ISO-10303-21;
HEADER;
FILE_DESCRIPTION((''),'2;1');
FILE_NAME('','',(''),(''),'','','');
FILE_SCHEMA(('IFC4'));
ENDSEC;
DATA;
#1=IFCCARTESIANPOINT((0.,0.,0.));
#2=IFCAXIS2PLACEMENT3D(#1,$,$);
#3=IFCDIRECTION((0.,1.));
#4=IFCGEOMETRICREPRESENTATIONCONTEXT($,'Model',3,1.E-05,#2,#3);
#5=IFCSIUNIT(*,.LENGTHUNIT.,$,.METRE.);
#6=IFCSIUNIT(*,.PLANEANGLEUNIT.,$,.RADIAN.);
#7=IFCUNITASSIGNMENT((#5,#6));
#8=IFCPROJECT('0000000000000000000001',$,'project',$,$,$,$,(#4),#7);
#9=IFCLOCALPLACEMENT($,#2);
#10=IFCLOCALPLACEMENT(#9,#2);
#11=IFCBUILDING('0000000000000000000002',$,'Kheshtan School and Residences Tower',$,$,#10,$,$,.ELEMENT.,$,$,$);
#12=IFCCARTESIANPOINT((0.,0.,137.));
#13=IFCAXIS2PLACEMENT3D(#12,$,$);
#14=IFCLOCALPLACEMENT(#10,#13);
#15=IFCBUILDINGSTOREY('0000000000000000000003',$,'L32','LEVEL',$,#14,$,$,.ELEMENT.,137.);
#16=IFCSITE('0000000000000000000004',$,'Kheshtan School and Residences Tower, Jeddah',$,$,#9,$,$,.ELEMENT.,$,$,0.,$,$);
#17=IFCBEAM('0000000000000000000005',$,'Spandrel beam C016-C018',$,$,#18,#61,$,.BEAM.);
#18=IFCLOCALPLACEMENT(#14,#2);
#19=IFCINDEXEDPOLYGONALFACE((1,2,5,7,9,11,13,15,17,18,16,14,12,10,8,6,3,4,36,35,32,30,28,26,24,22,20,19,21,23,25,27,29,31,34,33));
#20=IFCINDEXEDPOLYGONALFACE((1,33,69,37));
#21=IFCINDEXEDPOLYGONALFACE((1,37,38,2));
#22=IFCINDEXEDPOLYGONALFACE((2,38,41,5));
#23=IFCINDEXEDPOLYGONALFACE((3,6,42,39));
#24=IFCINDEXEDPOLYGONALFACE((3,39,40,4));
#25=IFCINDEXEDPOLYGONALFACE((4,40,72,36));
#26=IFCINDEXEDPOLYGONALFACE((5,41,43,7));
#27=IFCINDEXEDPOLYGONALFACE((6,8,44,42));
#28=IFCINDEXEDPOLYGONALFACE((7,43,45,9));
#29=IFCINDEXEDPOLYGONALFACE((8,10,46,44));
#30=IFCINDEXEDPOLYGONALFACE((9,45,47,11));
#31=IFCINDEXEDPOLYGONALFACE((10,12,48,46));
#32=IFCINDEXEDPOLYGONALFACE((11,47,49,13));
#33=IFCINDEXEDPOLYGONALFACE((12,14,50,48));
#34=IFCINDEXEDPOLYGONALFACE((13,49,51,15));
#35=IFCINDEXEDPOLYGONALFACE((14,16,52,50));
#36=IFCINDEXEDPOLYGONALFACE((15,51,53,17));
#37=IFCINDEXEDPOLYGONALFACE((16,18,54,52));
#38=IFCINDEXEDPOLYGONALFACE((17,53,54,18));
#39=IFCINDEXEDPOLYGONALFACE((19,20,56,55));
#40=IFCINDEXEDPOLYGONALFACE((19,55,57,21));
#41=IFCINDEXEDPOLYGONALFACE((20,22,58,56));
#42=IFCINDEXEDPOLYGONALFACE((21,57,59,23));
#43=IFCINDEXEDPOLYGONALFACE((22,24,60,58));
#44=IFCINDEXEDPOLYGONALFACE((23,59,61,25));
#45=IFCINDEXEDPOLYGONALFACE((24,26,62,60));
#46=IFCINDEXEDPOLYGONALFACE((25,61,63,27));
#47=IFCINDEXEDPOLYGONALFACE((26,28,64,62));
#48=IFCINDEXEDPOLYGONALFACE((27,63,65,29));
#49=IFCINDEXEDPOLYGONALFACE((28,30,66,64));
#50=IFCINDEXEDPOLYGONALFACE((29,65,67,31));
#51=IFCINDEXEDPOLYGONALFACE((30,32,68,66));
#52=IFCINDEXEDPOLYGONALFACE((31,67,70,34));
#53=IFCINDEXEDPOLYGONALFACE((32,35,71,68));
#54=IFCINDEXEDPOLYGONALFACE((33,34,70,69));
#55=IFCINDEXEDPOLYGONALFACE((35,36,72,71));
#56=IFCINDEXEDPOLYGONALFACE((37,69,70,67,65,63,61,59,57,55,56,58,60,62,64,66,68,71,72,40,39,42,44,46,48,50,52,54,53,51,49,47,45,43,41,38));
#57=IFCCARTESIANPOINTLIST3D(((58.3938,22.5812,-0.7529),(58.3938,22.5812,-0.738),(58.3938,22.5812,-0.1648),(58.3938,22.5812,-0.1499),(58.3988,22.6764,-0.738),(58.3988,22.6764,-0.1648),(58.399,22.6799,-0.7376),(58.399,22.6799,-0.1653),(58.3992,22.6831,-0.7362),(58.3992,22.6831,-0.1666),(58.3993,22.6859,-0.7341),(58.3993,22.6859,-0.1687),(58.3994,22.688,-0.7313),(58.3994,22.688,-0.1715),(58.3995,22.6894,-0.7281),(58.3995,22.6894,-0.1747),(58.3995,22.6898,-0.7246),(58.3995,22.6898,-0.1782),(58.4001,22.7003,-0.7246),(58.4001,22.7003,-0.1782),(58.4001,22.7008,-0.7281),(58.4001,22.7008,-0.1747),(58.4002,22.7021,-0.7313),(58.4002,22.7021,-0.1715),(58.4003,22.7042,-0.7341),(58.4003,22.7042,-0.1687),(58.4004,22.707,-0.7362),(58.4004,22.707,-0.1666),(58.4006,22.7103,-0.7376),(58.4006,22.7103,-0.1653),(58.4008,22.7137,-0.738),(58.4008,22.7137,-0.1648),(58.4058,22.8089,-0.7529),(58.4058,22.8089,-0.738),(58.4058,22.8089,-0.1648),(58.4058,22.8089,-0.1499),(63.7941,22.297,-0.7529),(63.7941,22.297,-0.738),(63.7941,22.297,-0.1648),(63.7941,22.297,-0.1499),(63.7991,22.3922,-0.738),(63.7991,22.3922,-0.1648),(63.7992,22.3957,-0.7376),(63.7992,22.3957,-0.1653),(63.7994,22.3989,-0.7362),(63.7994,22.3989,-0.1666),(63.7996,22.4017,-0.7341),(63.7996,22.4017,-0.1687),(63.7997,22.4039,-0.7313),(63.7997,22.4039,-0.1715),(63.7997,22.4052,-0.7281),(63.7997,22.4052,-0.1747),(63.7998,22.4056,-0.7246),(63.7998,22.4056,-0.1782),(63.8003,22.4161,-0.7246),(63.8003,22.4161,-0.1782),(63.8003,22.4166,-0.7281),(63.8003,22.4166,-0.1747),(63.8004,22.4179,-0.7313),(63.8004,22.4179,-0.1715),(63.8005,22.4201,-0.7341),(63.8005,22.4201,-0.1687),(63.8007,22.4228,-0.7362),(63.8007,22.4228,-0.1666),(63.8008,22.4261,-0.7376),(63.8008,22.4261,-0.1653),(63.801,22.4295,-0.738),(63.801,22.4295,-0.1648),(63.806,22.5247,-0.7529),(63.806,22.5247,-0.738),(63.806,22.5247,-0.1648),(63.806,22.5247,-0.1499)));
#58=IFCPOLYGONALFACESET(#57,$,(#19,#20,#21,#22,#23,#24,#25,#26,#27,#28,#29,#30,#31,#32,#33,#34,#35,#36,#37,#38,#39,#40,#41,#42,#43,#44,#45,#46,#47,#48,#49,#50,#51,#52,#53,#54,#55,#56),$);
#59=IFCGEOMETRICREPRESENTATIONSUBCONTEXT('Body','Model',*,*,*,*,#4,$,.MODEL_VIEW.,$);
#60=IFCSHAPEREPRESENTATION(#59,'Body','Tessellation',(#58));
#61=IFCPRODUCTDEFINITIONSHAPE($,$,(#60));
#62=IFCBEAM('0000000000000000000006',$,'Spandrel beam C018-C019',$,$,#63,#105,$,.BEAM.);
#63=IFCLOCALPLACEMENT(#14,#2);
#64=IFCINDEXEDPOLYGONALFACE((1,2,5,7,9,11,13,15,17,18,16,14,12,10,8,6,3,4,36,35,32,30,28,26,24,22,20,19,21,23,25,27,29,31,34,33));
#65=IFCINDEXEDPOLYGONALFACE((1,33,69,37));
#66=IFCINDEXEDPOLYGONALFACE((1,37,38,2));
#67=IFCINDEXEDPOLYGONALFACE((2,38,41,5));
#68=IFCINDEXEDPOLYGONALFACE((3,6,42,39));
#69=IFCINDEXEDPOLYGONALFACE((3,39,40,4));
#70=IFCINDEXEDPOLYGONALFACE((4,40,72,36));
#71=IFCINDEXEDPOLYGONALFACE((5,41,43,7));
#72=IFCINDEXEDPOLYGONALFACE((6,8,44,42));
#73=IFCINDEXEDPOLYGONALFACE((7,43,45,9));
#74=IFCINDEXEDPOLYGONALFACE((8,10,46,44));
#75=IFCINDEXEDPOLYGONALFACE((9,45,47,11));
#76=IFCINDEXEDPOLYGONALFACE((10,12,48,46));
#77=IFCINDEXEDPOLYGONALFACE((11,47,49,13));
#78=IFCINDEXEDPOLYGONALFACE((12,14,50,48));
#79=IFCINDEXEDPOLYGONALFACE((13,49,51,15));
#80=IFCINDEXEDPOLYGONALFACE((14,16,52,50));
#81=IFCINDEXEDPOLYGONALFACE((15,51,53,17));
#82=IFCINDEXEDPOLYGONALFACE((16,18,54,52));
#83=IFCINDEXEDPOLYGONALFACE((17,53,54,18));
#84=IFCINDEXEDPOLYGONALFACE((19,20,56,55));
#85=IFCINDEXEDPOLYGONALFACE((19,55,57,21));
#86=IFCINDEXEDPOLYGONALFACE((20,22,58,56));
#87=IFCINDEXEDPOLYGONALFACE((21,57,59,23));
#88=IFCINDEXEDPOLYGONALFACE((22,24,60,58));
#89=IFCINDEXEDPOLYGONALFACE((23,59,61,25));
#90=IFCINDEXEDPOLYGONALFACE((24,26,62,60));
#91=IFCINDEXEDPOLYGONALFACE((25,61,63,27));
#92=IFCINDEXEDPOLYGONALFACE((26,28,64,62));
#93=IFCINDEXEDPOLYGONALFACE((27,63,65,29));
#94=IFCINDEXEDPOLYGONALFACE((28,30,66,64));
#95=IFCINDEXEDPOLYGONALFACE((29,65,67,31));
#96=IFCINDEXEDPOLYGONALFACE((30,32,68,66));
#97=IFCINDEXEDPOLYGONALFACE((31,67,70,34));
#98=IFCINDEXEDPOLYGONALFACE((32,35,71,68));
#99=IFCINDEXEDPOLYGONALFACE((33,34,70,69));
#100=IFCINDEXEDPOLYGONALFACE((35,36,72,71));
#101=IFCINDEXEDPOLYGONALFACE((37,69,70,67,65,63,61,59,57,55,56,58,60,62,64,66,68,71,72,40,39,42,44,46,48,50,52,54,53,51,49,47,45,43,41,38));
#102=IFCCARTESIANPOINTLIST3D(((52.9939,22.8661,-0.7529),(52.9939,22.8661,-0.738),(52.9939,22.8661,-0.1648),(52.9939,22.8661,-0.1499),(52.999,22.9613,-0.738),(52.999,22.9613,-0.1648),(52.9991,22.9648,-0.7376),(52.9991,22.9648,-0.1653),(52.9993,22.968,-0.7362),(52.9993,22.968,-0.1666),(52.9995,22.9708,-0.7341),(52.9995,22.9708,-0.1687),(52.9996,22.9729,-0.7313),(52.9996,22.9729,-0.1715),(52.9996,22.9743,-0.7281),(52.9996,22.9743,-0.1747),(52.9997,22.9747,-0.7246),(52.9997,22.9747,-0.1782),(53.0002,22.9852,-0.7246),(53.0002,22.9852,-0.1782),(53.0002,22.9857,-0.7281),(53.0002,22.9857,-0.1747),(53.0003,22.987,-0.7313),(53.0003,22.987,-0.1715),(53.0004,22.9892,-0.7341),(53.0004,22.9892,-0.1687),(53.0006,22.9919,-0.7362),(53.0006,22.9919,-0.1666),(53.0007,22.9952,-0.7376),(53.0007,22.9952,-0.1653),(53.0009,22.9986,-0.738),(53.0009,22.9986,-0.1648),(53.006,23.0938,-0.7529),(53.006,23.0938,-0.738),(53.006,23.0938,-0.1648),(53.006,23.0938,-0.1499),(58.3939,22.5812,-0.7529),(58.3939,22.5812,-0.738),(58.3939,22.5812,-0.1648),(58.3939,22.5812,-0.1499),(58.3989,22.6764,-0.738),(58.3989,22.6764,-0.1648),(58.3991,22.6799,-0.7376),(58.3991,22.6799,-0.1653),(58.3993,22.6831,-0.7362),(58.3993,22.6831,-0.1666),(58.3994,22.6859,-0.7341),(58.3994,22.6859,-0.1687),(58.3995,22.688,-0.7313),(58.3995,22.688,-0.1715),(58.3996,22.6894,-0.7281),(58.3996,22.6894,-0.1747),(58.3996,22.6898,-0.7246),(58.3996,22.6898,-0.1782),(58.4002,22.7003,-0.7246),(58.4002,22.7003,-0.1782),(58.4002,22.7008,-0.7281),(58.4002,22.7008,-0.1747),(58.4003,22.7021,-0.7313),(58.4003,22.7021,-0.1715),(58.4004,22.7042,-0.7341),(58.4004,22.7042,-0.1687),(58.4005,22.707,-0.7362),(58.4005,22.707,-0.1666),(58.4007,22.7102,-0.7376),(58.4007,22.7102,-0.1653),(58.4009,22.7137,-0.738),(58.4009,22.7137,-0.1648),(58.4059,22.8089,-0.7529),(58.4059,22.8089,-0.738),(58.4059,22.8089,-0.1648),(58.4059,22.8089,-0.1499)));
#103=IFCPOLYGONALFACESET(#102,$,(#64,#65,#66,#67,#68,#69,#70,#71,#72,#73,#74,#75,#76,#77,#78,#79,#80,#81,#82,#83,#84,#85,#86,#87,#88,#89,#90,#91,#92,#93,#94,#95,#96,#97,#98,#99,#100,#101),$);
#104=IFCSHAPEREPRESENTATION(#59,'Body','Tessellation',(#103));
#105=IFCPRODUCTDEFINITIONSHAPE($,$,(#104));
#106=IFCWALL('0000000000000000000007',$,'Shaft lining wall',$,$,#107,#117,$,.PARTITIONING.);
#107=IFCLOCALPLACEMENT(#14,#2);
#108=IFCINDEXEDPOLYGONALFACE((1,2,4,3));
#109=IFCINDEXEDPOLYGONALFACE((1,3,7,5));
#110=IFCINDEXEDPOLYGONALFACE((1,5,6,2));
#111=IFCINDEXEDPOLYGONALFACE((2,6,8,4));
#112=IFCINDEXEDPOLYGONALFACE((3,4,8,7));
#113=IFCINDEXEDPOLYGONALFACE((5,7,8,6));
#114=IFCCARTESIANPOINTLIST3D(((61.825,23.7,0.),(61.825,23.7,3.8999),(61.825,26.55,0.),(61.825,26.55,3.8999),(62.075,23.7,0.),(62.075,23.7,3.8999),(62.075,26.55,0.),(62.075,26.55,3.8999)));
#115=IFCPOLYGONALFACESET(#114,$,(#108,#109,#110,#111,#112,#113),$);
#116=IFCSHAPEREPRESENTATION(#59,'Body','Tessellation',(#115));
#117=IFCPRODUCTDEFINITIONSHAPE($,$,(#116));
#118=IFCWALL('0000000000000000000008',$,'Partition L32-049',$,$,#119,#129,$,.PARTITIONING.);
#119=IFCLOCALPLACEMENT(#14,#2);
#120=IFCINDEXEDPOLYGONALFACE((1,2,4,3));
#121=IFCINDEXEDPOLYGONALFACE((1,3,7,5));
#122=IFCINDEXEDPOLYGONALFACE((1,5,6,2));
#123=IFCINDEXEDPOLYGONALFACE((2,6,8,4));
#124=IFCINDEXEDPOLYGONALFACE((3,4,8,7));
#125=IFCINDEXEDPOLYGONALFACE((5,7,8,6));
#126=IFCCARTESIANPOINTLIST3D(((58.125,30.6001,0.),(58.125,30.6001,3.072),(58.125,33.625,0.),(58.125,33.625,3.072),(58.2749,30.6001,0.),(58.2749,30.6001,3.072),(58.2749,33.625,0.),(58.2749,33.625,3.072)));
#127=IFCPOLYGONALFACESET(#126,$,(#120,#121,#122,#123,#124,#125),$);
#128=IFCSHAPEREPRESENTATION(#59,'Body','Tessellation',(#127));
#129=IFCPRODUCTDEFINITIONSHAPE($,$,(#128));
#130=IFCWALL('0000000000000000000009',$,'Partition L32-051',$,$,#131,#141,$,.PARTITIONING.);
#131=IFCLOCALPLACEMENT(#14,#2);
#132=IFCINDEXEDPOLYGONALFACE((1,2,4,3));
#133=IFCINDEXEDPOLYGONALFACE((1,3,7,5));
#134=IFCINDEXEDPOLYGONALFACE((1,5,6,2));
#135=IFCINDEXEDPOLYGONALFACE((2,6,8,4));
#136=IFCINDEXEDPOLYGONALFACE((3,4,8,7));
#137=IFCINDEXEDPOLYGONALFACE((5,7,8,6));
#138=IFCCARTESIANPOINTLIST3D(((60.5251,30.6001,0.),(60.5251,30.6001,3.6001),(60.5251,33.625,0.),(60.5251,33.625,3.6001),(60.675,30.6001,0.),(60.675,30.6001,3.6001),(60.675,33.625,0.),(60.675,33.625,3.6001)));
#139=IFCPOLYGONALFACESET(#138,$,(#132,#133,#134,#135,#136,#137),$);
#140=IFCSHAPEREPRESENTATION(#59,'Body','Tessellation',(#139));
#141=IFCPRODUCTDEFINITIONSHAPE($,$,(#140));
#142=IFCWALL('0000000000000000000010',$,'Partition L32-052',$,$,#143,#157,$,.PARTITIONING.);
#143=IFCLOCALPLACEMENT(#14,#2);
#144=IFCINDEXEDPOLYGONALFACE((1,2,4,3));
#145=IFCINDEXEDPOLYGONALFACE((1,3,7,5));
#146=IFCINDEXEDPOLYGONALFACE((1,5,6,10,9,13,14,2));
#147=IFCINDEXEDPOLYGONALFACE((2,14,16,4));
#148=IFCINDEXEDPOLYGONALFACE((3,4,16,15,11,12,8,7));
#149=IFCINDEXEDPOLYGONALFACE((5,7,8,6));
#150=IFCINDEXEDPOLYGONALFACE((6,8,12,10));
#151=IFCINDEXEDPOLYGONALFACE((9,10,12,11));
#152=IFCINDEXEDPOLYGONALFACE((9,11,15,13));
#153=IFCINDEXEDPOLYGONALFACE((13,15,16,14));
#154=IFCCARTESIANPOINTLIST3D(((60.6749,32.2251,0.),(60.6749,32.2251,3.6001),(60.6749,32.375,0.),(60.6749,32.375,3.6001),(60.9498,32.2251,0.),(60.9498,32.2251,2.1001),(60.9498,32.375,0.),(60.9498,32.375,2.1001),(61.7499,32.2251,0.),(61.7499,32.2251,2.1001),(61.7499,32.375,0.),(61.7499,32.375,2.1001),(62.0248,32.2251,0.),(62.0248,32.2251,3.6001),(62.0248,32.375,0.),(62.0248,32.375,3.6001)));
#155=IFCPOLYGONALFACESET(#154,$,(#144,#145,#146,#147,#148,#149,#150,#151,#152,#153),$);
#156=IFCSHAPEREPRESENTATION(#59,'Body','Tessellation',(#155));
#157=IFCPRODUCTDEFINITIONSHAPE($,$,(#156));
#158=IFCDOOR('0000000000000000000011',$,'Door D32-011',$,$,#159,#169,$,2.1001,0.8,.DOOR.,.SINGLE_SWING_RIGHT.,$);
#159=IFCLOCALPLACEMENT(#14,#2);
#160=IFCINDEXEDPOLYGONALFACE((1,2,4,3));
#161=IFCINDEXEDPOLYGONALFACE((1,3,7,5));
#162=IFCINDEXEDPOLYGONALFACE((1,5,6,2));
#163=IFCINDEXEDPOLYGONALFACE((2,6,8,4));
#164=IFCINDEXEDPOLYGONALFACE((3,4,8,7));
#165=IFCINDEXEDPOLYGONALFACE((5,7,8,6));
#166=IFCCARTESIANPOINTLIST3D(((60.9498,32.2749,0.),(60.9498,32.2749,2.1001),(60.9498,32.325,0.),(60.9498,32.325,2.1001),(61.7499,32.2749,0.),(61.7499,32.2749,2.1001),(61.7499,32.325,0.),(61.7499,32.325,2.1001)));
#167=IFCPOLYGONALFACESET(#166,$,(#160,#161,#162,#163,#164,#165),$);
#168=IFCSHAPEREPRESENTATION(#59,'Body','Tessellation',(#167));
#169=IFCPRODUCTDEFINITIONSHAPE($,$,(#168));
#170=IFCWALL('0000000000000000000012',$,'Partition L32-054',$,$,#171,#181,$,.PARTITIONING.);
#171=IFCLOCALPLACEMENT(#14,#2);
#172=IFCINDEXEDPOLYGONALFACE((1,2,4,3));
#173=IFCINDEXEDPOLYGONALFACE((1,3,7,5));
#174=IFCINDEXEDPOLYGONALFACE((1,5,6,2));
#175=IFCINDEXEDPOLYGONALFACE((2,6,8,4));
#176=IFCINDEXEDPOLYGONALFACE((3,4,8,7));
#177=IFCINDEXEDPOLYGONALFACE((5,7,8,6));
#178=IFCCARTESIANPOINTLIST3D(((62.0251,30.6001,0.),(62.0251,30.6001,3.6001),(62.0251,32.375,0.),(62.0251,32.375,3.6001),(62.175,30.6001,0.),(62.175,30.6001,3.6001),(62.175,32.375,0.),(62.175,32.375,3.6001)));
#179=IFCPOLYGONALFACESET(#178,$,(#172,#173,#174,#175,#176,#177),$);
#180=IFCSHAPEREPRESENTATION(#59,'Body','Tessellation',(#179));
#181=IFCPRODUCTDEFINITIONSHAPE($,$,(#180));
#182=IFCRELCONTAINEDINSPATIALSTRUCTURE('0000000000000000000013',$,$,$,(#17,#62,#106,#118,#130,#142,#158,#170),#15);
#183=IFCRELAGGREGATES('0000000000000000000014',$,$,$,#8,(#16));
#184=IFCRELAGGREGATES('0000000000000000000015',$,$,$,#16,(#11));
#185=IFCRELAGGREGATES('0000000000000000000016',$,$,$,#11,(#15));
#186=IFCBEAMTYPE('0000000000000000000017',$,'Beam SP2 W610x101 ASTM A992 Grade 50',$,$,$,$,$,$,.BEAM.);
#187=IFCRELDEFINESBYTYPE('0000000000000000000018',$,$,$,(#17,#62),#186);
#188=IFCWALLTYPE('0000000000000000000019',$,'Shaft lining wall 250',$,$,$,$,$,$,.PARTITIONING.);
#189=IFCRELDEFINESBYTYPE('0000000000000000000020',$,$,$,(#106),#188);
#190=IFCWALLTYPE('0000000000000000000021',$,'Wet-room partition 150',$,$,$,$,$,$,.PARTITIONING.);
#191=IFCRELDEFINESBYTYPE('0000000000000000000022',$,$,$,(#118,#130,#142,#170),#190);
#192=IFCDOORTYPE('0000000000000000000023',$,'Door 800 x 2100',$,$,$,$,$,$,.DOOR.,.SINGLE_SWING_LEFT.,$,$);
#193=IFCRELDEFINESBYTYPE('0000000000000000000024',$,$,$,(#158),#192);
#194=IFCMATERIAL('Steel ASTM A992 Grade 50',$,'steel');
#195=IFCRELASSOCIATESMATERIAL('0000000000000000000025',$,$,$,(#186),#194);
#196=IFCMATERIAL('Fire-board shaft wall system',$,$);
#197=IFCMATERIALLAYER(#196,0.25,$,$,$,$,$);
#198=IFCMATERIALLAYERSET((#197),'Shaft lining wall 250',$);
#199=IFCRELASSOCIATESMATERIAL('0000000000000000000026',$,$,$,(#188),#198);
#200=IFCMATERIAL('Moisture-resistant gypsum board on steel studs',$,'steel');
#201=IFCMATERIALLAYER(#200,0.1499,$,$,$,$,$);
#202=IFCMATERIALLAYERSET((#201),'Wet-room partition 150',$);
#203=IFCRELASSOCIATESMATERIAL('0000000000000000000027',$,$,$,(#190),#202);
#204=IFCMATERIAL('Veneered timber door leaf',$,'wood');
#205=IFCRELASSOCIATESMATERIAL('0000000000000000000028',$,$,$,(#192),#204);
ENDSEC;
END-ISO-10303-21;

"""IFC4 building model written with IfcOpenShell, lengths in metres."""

from ifc_helpers import new_model, si_unit, direction, frame, frame_2d, origin, origin_2d, place, context, subcontext, project, spatial, rectangle, i_section, extrude, source, transform, mapped, material, layer, layer_set, material_profile, profile_set, type_object, element, fill, save


model = new_model("IFC4")

# Units and contexts
model_context = context("Model", 3, precision=1e-05, world=origin(), true_north=direction((0.0, 1.0)))
body_context = subcontext(model_context, "Body", "Model", "MODEL_VIEW")
ifc_project = project(units=[si_unit("LENGTHUNIT", "METRE"), si_unit("PLANEANGLEUNIT", "RADIAN")], contexts=[model_context])

# Site, building, storey
site_placement = place(None, origin())
site = spatial("IfcSite", under=ifc_project, at=site_placement, Name="Kheshtan School and Residences Tower, Jeddah", CompositionType="ELEMENT", RefElevation=0.0)
building_placement = place(site_placement, origin())
building = spatial("IfcBuilding", under=site, at=building_placement, Name="Kheshtan School and Residences Tower", CompositionType="ELEMENT")
storey_placement = place(building_placement, frame((0.0, 0.0, 137.0)))
storey = spatial("IfcBuildingStorey", under=building, at=storey_placement, Name="L32", Description="LEVEL", CompositionType="ELEMENT", Elevation=137.0)

# Shared definitions
ifc_material_1 = material(Name="Steel ASTM A992 Grade 50", Category="steel")

# Beams
ifc_material_profile_1 = material_profile(ifc_material_1, i_section(OverallWidth=0.228, OverallDepth=0.603, WebThickness=0.0105, FlangeThickness=0.0149, FilletRadius=0.0134, at=origin_2d()), Name="W610x101")
ifc_profile_set_1 = profile_set([ifc_material_profile_1], Name="Steel ASTM A992 Grade 50")
beam_type_1 = type_object("IfcBeamType", Name="Beam SP2 W610x101 ASTM A992 Grade 50", PredefinedType="BEAM", material=ifc_profile_set_1)
beam_1_placement = place(storey_placement, frame((63.8, 22.4109, -0.4514), z_axis=(-0.998618, 0.052552, 0.0), x_axis=(-0.052552, -0.998618, 0.0)))
element("IfcBeam", 1, at=beam_1_placement, inside=storey, type_object=beam_type_1, Name="Spandrel beam C016-C018", PredefinedType="BEAM", context=body_context, shape_type="SweptSolid", body=[
    extrude(i_section(OverallWidth=0.228, OverallDepth=0.603, WebThickness=0.0105, FlangeThickness=0.0149, FilletRadius=0.0134, at=origin_2d()), origin(), (0.0, 0.0, 1.0), 5.4077),
])
beam_2_placement = place(storey_placement, frame((58.3999, 22.6951, -0.4514), z_axis=(-0.998611, 0.052689, 0.0), x_axis=(-0.052689, -0.998611, 0.0)))
element("IfcBeam", 2, at=beam_2_placement, inside=storey, type_object=beam_type_1, Name="Spandrel beam C018-C019", PredefinedType="BEAM", context=body_context, shape_type="SweptSolid", body=[
    extrude(i_section(OverallWidth=0.228, OverallDepth=0.603, WebThickness=0.0105, FlangeThickness=0.0149, FilletRadius=0.0134, at=origin_2d()), origin(), (0.0, 0.0, 1.0), 5.4075),
])

# Walls
ifc_material_2 = material(Name="Fire-board shaft wall system")
ifc_layer_1 = layer(ifc_material_2, 0.25)
ifc_layer_set_1 = layer_set([ifc_layer_1], Name="Shaft lining wall 250")
wall_type_1 = type_object("IfcWallType", Name="Shaft lining wall 250", PredefinedType="PARTITIONING", material=ifc_layer_set_1)
wall_1_placement = place(storey_placement, frame((61.95, 23.7, 0.0), z_axis=(0.0, 0.0, 1.0), x_axis=(0.0, 1.0, 0.0)))
element("IfcWall", 3, at=wall_1_placement, inside=storey, type_object=wall_type_1, Name="Shaft lining wall", PredefinedType="PARTITIONING", context=body_context, shape_type="SweptSolid", body=[
    extrude(rectangle(XDim=2.8501, YDim=0.25, at=frame_2d((1.425, 0.0))), origin(), (0.0, 0.0, 1.0), 3.8999),
])
ifc_material_3 = material(Name="Moisture-resistant gypsum board on steel studs", Category="steel")
ifc_layer_2 = layer(ifc_material_3, 0.1499)
ifc_layer_set_2 = layer_set([ifc_layer_2], Name="Wet-room partition 150")
wall_type_2 = type_object("IfcWallType", Name="Wet-room partition 150", PredefinedType="PARTITIONING", material=ifc_layer_set_2)
wall_2_placement = place(storey_placement, frame((58.2, 30.6001, 0.0), z_axis=(0.0, 0.0, 1.0), x_axis=(0.0, 1.0, 0.0)))
element("IfcWall", 4, at=wall_2_placement, inside=storey, type_object=wall_type_2, Name="Partition L32-049", PredefinedType="PARTITIONING", context=body_context, shape_type="SweptSolid", body=[
    extrude(rectangle(XDim=3.0249, YDim=0.1499, at=frame_2d((1.5125, 0.0))), origin(), (0.0, 0.0, 1.0), 3.072),
])
wall_3_placement = place(storey_placement, frame((60.6001, 30.6001, 0.0), z_axis=(0.0, 0.0, 1.0), x_axis=(0.0, 1.0, 0.0)))
element("IfcWall", 5, at=wall_3_placement, inside=storey, type_object=wall_type_2, Name="Partition L32-051", PredefinedType="PARTITIONING", context=body_context, shape_type="SweptSolid", body=[
    extrude(rectangle(XDim=3.0249, YDim=0.1499, at=frame_2d((1.5125, 0.0))), origin(), (0.0, 0.0, 1.0), 3.6001),
])

# Wall, opening, door
wall_4_placement = place(storey_placement, frame((60.675, 32.3, 0.0), z_axis=(0.0, 0.0, 1.0), x_axis=(1.0, 0.0, 0.0)))
wall_4 = element("IfcWall", 6, at=wall_4_placement, inside=storey, type_object=wall_type_2, Name="Partition L32-052", PredefinedType="PARTITIONING", context=body_context, shape_type="SweptSolid", body=[
    extrude(rectangle(XDim=1.3499, YDim=0.1499, at=frame_2d((0.6748, 0.0))), origin(), (0.0, 0.0, 1.0), 3.6001),
])
opening_placement = place(wall_4_placement, frame((0.2749, 0.0, 0.0)))
opening = element("IfcOpeningElement", 7, at=opening_placement, cuts=wall_4, PredefinedType="OPENING", context=body_context, shape_type="SweptSolid", body=[
    extrude(rectangle(XDim=0.8, YDim=2.1001, at=frame_2d((0.3999, 1.05))), frame((0.0, 0.085, 0.0), z_axis=(0.0, -1.0, 0.0), x_axis=(1.0, 0.0, 0.0)), (0.0, 0.0, 1.0), 0.1699),
])
ifc_material_4 = material(Name="Veneered timber door leaf", Category="wood")
door_type = type_object("IfcDoorType", Name="Door 800 x 2100", OperationType="SINGLE_SWING_LEFT", PredefinedType="DOOR", material=ifc_material_4)
shared_shape = source(origin(), body_context, "Body", "SweptSolid", [
    extrude(rectangle(XDim=0.8, YDim=2.1001, at=frame_2d((0.3999, 1.05))), frame((0.0, 0.0249, 0.0), z_axis=(0.0, -1.0, 0.0), x_axis=(1.0, 0.0, 0.0)), (0.0, 0.0, 1.0), 0.05),
])
door_placement = place(opening_placement, origin())
door = element("IfcDoor", 8, at=door_placement, inside=storey, type_object=door_type, Name="Door D32-011", OperationType="SINGLE_SWING_RIGHT", OverallHeight=2.1001, OverallWidth=0.8, PredefinedType="DOOR", context=body_context, shape_type="MappedRepresentation", body=[
    mapped(shared_shape, transform((0.0, 0.0, 0.0), x_axis=(1.0, 0.0, 0.0), y_axis=(0.0, 1.0, 0.0), z_axis=(0.0, 0.0, 1.0), scale=1.0)),
])
fill(opening, door)

# Wall
wall_5_placement = place(storey_placement, frame((62.1001, 30.6001, 0.0), z_axis=(0.0, 0.0, 1.0), x_axis=(0.0, 1.0, 0.0)))
element("IfcWall", 9, at=wall_5_placement, inside=storey, type_object=wall_type_2, Name="Partition L32-054", PredefinedType="PARTITIONING", context=body_context, shape_type="SweptSolid", body=[
    extrude(rectangle(XDim=1.7749, YDim=0.1499, at=frame_2d((0.8875, 0.0))), origin(), (0.0, 0.0, 1.0), 3.6001),
])

save(model, "model.ifc")
